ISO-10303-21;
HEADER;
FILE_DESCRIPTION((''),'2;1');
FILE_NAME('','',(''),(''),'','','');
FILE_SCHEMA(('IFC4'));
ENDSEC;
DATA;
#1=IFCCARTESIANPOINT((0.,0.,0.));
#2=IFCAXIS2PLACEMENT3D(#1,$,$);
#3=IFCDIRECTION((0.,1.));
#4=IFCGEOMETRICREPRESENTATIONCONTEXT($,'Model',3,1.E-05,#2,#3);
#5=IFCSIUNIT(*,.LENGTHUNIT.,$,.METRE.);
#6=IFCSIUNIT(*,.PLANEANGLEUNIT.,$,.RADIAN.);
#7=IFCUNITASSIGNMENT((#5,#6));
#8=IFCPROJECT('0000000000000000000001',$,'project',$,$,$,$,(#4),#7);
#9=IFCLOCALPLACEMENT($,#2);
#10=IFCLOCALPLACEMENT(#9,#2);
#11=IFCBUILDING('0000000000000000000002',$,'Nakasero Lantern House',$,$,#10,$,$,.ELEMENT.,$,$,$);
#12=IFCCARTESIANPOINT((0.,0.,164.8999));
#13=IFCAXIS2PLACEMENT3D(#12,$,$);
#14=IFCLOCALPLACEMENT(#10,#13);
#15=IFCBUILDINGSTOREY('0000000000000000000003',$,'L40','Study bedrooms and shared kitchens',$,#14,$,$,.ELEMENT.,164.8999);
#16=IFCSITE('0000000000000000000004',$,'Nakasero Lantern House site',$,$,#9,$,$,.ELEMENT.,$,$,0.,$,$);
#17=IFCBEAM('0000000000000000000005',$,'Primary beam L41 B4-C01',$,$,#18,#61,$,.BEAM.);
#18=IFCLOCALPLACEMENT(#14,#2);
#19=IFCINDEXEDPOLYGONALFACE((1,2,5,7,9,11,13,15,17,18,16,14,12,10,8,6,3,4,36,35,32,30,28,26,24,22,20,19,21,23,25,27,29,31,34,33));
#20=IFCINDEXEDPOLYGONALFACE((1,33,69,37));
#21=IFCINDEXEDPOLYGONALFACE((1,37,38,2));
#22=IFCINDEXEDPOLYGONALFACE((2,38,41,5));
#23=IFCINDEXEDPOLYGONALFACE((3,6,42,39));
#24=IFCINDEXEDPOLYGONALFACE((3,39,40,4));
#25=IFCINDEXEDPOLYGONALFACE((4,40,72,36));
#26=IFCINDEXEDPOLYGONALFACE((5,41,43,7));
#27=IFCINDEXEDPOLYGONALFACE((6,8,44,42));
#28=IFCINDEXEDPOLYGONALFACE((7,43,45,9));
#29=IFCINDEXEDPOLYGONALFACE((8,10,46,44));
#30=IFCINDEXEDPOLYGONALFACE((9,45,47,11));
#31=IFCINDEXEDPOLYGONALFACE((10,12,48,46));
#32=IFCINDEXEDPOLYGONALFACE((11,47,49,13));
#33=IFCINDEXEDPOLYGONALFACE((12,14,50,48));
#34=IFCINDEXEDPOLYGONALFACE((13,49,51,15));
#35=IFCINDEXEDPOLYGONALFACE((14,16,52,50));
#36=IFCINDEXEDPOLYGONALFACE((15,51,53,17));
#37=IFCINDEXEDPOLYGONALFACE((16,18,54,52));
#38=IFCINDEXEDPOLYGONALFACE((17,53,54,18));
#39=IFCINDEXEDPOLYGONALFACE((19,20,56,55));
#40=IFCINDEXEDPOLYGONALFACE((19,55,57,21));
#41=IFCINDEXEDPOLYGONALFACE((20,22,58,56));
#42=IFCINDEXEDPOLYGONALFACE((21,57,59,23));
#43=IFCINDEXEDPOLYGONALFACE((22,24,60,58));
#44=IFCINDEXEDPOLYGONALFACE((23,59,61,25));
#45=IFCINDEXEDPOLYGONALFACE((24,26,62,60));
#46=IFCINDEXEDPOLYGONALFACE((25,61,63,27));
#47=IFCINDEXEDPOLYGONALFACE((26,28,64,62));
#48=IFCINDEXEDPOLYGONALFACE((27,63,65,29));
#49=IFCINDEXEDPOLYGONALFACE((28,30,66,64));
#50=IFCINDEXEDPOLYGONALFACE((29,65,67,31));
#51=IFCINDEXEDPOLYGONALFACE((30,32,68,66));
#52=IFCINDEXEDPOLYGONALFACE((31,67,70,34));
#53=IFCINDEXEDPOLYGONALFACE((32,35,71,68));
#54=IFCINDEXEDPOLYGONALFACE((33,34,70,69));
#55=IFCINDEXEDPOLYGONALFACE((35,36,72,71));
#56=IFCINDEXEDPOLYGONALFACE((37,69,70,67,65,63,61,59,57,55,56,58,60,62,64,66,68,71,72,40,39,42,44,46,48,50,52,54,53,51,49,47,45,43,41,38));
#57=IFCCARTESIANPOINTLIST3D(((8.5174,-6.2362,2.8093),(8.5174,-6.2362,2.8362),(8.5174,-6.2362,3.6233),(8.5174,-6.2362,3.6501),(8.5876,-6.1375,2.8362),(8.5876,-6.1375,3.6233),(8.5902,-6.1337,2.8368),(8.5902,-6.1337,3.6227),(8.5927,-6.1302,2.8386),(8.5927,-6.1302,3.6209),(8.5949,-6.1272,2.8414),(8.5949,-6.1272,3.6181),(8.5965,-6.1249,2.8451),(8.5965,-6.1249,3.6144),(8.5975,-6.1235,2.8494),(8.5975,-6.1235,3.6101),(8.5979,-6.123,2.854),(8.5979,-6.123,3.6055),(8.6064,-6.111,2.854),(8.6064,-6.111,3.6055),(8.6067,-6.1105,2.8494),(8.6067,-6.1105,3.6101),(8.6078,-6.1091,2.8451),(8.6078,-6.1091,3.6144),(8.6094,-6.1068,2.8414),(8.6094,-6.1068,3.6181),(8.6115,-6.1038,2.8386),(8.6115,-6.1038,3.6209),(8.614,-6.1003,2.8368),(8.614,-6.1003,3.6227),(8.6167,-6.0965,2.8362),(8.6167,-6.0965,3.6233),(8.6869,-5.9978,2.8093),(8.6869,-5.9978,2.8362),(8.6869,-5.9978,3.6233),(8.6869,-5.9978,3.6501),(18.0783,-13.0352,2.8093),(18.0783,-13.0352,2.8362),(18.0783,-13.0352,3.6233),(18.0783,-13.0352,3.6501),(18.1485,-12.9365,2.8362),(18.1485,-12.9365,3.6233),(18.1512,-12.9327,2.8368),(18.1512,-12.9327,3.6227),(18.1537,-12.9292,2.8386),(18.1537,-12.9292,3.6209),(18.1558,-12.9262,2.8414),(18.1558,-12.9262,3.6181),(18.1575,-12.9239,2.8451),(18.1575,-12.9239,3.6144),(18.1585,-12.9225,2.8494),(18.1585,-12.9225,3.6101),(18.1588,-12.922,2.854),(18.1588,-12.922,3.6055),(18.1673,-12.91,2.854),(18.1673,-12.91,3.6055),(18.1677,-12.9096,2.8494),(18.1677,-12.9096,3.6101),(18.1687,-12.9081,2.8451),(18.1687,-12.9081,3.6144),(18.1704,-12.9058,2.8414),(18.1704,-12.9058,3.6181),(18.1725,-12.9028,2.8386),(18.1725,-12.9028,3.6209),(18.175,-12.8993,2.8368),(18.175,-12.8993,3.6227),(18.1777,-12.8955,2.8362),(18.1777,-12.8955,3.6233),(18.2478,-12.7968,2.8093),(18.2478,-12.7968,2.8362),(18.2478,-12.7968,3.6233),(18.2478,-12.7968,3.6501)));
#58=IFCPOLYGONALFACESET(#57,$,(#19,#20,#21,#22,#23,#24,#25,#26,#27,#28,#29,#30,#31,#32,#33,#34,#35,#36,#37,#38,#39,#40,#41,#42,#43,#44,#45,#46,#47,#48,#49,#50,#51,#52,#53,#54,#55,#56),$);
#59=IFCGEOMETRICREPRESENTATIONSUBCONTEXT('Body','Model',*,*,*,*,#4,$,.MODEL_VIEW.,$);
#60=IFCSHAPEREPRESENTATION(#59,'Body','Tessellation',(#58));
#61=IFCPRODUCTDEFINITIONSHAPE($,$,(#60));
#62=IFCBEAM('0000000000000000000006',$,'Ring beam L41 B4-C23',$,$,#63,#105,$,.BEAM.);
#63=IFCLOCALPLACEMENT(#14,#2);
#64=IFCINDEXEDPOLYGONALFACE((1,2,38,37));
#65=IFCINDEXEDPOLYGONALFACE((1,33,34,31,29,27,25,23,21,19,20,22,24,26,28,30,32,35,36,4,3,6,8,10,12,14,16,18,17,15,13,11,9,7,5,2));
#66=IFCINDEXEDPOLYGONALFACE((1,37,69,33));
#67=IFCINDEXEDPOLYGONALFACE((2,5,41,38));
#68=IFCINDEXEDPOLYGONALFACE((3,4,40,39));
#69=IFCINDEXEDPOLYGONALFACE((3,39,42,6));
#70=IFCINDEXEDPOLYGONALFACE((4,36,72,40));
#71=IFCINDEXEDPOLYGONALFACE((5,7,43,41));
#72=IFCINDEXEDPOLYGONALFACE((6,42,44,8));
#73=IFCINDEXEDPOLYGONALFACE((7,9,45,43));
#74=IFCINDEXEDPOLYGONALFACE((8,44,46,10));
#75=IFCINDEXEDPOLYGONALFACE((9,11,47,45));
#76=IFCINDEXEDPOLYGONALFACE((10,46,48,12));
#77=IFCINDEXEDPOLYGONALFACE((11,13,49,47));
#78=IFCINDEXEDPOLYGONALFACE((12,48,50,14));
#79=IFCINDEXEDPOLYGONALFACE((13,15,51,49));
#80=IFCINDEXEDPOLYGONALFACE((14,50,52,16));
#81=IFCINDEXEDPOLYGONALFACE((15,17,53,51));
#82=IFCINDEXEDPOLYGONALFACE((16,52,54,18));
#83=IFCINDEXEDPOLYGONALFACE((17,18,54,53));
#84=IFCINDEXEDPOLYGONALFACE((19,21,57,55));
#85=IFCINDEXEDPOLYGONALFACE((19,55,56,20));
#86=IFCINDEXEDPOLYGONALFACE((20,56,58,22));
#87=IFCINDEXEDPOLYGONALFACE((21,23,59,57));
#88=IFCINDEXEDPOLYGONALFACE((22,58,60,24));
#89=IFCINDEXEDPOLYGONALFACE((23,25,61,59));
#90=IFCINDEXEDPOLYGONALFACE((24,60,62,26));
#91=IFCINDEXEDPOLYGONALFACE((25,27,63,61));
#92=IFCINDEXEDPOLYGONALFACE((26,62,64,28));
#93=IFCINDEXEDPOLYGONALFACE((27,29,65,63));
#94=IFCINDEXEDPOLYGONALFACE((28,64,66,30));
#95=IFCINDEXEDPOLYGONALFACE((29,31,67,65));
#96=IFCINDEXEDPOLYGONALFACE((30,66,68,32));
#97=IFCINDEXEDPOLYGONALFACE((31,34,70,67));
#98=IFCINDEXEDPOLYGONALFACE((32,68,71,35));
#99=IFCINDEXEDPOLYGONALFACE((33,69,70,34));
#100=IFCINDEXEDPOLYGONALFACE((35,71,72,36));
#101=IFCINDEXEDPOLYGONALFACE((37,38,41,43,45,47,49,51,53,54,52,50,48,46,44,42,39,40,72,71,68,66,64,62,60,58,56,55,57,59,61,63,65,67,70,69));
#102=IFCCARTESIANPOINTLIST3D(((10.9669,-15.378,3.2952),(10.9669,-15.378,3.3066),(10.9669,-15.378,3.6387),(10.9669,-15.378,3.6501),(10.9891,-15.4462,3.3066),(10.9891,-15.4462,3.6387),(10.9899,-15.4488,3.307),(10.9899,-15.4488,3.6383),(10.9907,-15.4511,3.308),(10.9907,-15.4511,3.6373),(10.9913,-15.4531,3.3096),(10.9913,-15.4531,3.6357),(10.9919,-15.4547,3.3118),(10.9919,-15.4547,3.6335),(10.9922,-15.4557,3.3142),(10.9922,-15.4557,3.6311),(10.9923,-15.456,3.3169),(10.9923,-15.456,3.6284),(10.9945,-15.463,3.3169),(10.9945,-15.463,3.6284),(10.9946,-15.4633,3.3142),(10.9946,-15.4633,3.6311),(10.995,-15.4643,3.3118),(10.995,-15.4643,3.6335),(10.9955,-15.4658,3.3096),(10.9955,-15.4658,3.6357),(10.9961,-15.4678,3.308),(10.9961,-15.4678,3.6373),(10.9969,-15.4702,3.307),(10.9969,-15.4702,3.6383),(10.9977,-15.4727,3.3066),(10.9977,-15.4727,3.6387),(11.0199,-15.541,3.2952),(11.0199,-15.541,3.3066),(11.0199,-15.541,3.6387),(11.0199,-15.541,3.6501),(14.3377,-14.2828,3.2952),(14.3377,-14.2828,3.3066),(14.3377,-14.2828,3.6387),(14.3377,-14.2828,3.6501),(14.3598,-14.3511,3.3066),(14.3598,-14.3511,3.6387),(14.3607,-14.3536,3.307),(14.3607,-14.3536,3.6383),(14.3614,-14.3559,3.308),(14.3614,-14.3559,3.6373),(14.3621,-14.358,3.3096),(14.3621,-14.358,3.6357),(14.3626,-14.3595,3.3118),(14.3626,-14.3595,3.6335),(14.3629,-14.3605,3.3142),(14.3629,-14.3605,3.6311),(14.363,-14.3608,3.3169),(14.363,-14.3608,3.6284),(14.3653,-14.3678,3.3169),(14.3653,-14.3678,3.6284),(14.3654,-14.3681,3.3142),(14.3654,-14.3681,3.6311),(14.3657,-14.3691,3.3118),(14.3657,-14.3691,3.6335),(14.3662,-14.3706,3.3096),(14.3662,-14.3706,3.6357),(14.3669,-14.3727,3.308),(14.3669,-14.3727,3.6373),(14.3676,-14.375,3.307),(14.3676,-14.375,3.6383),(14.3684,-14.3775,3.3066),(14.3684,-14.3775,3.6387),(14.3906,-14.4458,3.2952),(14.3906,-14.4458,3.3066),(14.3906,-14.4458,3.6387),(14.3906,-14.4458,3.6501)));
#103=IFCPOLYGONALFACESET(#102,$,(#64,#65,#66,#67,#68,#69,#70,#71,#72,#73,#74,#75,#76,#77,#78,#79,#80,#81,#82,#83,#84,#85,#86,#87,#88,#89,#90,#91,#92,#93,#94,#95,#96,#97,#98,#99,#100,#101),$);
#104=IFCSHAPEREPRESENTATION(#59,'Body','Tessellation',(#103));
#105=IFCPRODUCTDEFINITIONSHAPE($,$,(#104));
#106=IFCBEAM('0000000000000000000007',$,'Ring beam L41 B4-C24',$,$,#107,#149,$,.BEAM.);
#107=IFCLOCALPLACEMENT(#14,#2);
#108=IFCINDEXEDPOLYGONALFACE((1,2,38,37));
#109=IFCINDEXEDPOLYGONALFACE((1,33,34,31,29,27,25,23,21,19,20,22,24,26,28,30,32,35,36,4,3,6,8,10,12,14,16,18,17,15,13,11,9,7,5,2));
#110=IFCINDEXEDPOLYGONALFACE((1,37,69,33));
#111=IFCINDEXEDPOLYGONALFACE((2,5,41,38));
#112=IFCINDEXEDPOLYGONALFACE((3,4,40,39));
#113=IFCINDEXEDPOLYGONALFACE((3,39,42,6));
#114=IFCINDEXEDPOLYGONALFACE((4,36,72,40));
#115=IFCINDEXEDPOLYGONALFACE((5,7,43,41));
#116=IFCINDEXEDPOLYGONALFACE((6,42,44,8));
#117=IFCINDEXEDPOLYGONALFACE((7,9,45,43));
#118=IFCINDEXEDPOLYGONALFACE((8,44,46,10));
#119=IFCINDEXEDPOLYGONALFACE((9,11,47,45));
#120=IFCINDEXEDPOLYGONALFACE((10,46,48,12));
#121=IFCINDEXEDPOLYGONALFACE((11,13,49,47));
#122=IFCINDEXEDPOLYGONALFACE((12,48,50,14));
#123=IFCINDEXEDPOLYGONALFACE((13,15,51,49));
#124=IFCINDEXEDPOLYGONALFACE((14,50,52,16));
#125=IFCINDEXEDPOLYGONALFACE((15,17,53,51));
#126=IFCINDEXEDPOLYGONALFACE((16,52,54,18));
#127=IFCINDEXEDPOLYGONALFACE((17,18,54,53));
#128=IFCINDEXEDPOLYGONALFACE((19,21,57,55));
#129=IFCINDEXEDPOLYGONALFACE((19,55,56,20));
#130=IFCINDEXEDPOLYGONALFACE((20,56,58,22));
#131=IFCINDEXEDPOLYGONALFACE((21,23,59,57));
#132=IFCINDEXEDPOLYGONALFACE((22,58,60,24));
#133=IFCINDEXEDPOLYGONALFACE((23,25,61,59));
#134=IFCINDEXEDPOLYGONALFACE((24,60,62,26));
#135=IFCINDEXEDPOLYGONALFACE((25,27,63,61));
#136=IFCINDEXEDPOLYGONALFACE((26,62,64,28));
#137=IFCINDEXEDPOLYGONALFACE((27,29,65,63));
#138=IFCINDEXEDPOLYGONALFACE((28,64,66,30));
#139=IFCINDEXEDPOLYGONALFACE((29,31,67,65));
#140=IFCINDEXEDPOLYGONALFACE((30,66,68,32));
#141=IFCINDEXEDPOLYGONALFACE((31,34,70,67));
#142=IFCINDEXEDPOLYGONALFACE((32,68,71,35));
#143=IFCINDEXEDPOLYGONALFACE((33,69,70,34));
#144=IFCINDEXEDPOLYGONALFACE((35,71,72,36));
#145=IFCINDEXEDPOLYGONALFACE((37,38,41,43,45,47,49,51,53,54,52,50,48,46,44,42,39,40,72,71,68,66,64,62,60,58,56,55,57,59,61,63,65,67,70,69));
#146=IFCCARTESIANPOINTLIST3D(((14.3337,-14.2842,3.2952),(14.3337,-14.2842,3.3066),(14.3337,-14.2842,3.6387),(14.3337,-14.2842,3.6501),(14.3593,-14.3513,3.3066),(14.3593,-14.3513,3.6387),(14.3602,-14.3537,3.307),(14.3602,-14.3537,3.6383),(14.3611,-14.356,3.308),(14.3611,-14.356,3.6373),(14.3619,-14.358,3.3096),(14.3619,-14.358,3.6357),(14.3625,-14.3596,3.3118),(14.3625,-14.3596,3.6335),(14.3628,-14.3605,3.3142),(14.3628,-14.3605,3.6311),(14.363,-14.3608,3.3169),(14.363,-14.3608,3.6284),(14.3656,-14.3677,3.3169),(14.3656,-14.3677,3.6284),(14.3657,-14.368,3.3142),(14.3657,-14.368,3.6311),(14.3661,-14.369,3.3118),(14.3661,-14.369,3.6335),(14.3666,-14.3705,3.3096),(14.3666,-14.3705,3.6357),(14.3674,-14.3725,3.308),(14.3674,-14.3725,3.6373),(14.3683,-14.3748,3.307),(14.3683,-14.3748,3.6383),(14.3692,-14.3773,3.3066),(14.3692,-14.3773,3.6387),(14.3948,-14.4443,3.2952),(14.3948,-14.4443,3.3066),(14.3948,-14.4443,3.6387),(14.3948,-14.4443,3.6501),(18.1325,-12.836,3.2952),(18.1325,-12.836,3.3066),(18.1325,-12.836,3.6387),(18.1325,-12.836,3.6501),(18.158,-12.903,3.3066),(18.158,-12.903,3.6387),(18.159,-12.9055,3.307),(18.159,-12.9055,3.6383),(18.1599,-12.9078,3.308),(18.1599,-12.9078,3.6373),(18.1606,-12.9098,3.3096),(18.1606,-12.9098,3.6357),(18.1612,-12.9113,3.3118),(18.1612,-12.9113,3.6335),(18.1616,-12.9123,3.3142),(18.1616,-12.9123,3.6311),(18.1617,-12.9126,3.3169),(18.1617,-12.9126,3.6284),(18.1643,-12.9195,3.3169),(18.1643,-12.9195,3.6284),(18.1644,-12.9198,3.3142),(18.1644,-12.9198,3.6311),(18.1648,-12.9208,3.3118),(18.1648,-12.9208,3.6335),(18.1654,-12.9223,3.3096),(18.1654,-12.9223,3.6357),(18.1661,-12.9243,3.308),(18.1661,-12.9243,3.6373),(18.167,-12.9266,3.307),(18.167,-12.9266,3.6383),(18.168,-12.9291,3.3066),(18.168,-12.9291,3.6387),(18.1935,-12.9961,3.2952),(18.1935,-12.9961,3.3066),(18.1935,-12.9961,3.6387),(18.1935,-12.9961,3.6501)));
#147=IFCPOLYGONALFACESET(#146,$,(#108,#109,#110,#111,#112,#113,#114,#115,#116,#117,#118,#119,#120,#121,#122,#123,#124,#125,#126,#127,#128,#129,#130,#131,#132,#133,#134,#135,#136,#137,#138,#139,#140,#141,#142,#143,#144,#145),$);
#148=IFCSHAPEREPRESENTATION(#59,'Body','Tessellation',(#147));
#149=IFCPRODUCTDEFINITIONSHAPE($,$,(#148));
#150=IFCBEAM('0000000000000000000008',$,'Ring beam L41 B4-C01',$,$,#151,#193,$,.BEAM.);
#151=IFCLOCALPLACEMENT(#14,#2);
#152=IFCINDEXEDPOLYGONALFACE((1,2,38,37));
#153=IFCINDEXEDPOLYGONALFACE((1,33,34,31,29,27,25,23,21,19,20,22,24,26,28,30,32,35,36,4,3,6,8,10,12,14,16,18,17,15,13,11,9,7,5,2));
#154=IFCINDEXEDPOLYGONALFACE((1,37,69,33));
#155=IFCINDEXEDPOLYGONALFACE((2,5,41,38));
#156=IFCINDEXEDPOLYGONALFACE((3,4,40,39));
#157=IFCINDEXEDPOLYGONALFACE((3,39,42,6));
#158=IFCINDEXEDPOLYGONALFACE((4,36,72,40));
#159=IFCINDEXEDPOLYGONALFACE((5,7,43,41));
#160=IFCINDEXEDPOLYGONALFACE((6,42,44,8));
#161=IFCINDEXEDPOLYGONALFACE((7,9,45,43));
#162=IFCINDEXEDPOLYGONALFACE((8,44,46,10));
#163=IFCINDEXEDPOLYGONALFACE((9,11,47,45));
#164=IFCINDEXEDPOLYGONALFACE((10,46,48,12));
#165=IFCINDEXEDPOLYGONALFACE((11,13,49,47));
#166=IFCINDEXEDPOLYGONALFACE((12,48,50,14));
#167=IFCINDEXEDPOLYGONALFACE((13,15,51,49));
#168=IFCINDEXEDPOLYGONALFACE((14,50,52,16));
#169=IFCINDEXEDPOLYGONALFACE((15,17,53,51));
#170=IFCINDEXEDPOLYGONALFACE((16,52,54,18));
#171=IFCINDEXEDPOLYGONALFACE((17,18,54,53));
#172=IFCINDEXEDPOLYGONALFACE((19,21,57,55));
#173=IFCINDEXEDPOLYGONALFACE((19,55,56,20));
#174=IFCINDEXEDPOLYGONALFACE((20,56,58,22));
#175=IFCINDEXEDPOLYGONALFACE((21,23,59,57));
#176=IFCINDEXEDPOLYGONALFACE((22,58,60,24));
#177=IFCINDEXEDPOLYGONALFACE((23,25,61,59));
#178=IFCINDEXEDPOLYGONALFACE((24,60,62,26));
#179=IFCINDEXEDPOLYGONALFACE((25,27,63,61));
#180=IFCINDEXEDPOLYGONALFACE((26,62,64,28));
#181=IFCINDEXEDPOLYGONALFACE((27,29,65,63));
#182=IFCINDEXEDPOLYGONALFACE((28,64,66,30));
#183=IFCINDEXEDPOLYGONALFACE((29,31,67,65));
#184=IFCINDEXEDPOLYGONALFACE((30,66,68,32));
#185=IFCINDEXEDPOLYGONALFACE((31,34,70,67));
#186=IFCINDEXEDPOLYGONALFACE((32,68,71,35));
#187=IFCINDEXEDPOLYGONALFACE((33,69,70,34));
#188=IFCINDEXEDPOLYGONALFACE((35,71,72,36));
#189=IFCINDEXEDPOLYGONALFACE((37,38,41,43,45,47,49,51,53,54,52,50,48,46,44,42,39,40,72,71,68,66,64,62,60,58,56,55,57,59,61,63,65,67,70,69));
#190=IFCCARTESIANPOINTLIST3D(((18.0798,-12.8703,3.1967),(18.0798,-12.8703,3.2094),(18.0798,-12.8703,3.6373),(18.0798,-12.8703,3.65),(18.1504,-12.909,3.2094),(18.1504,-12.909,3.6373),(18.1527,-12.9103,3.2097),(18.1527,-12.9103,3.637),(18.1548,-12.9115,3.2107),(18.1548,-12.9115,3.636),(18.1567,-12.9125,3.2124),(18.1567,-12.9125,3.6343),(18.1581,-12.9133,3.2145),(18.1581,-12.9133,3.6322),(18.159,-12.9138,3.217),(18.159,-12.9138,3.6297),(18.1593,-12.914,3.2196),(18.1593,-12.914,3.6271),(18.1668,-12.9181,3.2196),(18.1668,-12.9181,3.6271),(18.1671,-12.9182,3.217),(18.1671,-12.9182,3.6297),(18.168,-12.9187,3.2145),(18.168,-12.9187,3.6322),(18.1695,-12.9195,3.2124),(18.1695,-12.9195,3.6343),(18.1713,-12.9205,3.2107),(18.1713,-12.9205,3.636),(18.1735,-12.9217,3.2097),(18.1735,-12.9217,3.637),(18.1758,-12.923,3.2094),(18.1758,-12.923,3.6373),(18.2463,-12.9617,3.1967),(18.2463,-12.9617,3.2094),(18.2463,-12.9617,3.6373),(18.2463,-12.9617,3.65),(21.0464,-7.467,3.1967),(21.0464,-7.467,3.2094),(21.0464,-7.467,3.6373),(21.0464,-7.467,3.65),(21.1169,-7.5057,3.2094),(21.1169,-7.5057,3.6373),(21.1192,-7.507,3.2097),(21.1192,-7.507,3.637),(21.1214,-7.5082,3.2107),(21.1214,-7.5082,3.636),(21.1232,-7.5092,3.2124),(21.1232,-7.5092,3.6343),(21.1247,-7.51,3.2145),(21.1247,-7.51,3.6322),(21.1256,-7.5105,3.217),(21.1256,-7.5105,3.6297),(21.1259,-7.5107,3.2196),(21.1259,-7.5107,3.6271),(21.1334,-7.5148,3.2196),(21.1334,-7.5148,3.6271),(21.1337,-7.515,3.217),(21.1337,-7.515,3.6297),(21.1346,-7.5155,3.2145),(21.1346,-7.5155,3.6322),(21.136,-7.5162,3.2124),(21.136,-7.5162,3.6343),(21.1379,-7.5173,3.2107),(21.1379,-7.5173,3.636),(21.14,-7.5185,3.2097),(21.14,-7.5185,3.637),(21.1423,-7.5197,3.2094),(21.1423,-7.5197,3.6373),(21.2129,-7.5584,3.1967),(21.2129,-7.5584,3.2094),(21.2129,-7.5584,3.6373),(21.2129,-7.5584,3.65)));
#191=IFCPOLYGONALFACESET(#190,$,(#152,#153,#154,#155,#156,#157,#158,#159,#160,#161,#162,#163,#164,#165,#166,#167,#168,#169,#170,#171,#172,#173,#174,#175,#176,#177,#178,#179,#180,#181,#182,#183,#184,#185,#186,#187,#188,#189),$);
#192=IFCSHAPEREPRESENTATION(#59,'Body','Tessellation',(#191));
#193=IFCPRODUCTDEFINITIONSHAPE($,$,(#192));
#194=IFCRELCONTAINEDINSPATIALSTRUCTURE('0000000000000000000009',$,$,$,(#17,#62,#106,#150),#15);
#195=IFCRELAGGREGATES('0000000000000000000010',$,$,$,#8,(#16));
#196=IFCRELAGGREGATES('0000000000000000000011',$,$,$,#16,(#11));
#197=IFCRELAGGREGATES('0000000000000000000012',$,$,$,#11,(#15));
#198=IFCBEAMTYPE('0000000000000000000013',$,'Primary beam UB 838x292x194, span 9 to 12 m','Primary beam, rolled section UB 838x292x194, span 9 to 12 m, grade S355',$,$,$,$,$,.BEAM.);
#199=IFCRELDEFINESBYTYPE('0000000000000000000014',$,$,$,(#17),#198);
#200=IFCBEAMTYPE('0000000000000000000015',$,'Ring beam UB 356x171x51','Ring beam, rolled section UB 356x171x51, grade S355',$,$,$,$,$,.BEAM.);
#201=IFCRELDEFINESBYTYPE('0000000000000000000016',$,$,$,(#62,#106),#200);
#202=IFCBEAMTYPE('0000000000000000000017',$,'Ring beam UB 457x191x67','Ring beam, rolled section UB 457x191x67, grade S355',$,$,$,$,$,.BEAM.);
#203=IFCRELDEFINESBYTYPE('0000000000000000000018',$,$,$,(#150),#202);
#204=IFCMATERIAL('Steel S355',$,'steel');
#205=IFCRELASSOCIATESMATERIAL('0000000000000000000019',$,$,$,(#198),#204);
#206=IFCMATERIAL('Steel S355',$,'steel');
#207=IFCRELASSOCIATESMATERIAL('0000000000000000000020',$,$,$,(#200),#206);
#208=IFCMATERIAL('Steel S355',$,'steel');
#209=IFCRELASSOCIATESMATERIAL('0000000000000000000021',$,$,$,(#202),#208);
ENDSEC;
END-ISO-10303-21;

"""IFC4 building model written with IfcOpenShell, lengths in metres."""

from ifc_helpers import new_model, si_unit, direction, frame, origin, origin_2d, place, context, subcontext, project, spatial, i_section, extrude, material, material_profile, profile_set, type_object, element, save


model = new_model("IFC4")

# Units and contexts
model_context = context("Model", 3, precision=1e-05, world=origin(), true_north=direction((0.0, 1.0)))
body_context = subcontext(model_context, "Body", "Model", "MODEL_VIEW")
ifc_project = project(units=[si_unit("LENGTHUNIT", "METRE"), si_unit("PLANEANGLEUNIT", "RADIAN")], contexts=[model_context])

# Site, building, storey
site_placement = place(None, origin())
site = spatial("IfcSite", under=ifc_project, at=site_placement, Name="Nakasero Lantern House site", CompositionType="ELEMENT", RefElevation=0.0)
building_placement = place(site_placement, origin())
building = spatial("IfcBuilding", under=site, at=building_placement, Name="Nakasero Lantern House", CompositionType="ELEMENT")
storey_placement = place(building_placement, frame((0.0, 0.0, 164.8999)))
storey = spatial("IfcBuildingStorey", under=building, at=storey_placement, Name="L40", Description="Study bedrooms and shared kitchens", CompositionType="ELEMENT", Elevation=164.8999)

# Beams
ifc_material_1 = material(Name="Steel S355", Category="steel")
ifc_material_profile_1 = material_profile(ifc_material_1, i_section(OverallWidth=0.2925, OverallDepth=0.8408, WebThickness=0.0146, FlangeThickness=0.0269, FilletRadius=0.0178, at=origin_2d()), Name="UB 838x292x194")
ifc_profile_set_1 = profile_set([ifc_material_profile_1], Name="Steel S355")
beam_type_1 = type_object("IfcBeamType", Name="Primary beam UB 838x292x194, span 9 to 12 m", Description="Primary beam, rolled section UB 838x292x194, span 9 to 12 m, grade S355", PredefinedType="BEAM", material=ifc_profile_set_1)
beam_1_placement = place(storey_placement, frame((18.1631, -12.916, 3.2297), z_axis=(-0.814951, 0.57953, 0.0), x_axis=(-0.57953, -0.814951, 0.0)))
element("IfcBeam", 1, at=beam_1_placement, inside=storey, type_object=beam_type_1, Name="Primary beam L41 B4-C01", PredefinedType="BEAM", context=body_context, shape_type="SweptSolid", body=[
    extrude(i_section(OverallWidth=0.2925, OverallDepth=0.8408, WebThickness=0.0146, FlangeThickness=0.0269, FilletRadius=0.0178, at=origin_2d()), origin(), (0.0, 0.0, 1.0), 11.7319),
])
ifc_material_2 = material(Name="Steel S355", Category="steel")
ifc_material_profile_2 = material_profile(ifc_material_2, i_section(OverallWidth=0.1714, OverallDepth=0.355, WebThickness=0.0073, FlangeThickness=0.0115, FilletRadius=0.0103, at=origin_2d()), Name="UB 356x171x51")
ifc_profile_set_2 = profile_set([ifc_material_profile_2], Name="Steel S355")
beam_type_2 = type_object("IfcBeamType", Name="Ring beam UB 356x171x51", Description="Ring beam, rolled section UB 356x171x51, grade S355", PredefinedType="BEAM", material=ifc_profile_set_2)
beam_2_placement = place(storey_placement, frame((10.9934, -15.4595, 3.4727), z_axis=(0.95106, 0.309007, 0.0), x_axis=(-0.309007, 0.95106, 0.0)))
element("IfcBeam", 2, at=beam_2_placement, inside=storey, type_object=beam_type_2, Name="Ring beam L41 B4-C23", PredefinedType="BEAM", context=body_context, shape_type="SweptSolid", body=[
    extrude(i_section(OverallWidth=0.1714, OverallDepth=0.355, WebThickness=0.0073, FlangeThickness=0.0115, FilletRadius=0.0103, at=origin_2d()), origin(), (0.0, 0.0, 1.0), 3.5442),
])
beam_3_placement = place(storey_placement, frame((14.3643, -14.3643, 3.4727), z_axis=(0.9344, 0.356225, 0.0), x_axis=(-0.356225, 0.9344, 0.0)))
element("IfcBeam", 3, at=beam_3_placement, inside=storey, type_object=beam_type_2, Name="Ring beam L41 B4-C24", PredefinedType="BEAM", context=body_context, shape_type="SweptSolid", body=[
    extrude(i_section(OverallWidth=0.1714, OverallDepth=0.355, WebThickness=0.0073, FlangeThickness=0.0115, FilletRadius=0.0103, at=origin_2d()), origin(), (0.0, 0.0, 1.0), 4.0654),
])
ifc_material_3 = material(Name="Steel S355", Category="steel")
ifc_material_profile_3 = material_profile(ifc_material_3, i_section(OverallWidth=0.1899, OverallDepth=0.4534, WebThickness=0.0085, FlangeThickness=0.0127, FilletRadius=0.0103, at=origin_2d()), Name="UB 457x191x67")
ifc_profile_set_3 = profile_set([ifc_material_profile_3], Name="Steel S355")
beam_type_3 = type_object("IfcBeamType", Name="Ring beam UB 457x191x67", Description="Ring beam, rolled section UB 457x191x67, grade S355", PredefinedType="BEAM", material=ifc_profile_set_3)
beam_4_placement = place(storey_placement, frame((18.1631, -12.916, 3.4233), z_axis=(0.481262, 0.876577, 0.0), x_axis=(-0.876577, 0.481262, 0.0)))
element("IfcBeam", 4, at=beam_4_placement, inside=storey, type_object=beam_type_3, Name="Ring beam L41 B4-C01", PredefinedType="BEAM", context=body_context, shape_type="SweptSolid", body=[
    extrude(i_section(OverallWidth=0.1899, OverallDepth=0.4534, WebThickness=0.0085, FlangeThickness=0.0127, FilletRadius=0.0103, at=origin_2d()), origin(), (0.0, 0.0, 1.0), 6.1641),
])

save(model, "model.ifc")
